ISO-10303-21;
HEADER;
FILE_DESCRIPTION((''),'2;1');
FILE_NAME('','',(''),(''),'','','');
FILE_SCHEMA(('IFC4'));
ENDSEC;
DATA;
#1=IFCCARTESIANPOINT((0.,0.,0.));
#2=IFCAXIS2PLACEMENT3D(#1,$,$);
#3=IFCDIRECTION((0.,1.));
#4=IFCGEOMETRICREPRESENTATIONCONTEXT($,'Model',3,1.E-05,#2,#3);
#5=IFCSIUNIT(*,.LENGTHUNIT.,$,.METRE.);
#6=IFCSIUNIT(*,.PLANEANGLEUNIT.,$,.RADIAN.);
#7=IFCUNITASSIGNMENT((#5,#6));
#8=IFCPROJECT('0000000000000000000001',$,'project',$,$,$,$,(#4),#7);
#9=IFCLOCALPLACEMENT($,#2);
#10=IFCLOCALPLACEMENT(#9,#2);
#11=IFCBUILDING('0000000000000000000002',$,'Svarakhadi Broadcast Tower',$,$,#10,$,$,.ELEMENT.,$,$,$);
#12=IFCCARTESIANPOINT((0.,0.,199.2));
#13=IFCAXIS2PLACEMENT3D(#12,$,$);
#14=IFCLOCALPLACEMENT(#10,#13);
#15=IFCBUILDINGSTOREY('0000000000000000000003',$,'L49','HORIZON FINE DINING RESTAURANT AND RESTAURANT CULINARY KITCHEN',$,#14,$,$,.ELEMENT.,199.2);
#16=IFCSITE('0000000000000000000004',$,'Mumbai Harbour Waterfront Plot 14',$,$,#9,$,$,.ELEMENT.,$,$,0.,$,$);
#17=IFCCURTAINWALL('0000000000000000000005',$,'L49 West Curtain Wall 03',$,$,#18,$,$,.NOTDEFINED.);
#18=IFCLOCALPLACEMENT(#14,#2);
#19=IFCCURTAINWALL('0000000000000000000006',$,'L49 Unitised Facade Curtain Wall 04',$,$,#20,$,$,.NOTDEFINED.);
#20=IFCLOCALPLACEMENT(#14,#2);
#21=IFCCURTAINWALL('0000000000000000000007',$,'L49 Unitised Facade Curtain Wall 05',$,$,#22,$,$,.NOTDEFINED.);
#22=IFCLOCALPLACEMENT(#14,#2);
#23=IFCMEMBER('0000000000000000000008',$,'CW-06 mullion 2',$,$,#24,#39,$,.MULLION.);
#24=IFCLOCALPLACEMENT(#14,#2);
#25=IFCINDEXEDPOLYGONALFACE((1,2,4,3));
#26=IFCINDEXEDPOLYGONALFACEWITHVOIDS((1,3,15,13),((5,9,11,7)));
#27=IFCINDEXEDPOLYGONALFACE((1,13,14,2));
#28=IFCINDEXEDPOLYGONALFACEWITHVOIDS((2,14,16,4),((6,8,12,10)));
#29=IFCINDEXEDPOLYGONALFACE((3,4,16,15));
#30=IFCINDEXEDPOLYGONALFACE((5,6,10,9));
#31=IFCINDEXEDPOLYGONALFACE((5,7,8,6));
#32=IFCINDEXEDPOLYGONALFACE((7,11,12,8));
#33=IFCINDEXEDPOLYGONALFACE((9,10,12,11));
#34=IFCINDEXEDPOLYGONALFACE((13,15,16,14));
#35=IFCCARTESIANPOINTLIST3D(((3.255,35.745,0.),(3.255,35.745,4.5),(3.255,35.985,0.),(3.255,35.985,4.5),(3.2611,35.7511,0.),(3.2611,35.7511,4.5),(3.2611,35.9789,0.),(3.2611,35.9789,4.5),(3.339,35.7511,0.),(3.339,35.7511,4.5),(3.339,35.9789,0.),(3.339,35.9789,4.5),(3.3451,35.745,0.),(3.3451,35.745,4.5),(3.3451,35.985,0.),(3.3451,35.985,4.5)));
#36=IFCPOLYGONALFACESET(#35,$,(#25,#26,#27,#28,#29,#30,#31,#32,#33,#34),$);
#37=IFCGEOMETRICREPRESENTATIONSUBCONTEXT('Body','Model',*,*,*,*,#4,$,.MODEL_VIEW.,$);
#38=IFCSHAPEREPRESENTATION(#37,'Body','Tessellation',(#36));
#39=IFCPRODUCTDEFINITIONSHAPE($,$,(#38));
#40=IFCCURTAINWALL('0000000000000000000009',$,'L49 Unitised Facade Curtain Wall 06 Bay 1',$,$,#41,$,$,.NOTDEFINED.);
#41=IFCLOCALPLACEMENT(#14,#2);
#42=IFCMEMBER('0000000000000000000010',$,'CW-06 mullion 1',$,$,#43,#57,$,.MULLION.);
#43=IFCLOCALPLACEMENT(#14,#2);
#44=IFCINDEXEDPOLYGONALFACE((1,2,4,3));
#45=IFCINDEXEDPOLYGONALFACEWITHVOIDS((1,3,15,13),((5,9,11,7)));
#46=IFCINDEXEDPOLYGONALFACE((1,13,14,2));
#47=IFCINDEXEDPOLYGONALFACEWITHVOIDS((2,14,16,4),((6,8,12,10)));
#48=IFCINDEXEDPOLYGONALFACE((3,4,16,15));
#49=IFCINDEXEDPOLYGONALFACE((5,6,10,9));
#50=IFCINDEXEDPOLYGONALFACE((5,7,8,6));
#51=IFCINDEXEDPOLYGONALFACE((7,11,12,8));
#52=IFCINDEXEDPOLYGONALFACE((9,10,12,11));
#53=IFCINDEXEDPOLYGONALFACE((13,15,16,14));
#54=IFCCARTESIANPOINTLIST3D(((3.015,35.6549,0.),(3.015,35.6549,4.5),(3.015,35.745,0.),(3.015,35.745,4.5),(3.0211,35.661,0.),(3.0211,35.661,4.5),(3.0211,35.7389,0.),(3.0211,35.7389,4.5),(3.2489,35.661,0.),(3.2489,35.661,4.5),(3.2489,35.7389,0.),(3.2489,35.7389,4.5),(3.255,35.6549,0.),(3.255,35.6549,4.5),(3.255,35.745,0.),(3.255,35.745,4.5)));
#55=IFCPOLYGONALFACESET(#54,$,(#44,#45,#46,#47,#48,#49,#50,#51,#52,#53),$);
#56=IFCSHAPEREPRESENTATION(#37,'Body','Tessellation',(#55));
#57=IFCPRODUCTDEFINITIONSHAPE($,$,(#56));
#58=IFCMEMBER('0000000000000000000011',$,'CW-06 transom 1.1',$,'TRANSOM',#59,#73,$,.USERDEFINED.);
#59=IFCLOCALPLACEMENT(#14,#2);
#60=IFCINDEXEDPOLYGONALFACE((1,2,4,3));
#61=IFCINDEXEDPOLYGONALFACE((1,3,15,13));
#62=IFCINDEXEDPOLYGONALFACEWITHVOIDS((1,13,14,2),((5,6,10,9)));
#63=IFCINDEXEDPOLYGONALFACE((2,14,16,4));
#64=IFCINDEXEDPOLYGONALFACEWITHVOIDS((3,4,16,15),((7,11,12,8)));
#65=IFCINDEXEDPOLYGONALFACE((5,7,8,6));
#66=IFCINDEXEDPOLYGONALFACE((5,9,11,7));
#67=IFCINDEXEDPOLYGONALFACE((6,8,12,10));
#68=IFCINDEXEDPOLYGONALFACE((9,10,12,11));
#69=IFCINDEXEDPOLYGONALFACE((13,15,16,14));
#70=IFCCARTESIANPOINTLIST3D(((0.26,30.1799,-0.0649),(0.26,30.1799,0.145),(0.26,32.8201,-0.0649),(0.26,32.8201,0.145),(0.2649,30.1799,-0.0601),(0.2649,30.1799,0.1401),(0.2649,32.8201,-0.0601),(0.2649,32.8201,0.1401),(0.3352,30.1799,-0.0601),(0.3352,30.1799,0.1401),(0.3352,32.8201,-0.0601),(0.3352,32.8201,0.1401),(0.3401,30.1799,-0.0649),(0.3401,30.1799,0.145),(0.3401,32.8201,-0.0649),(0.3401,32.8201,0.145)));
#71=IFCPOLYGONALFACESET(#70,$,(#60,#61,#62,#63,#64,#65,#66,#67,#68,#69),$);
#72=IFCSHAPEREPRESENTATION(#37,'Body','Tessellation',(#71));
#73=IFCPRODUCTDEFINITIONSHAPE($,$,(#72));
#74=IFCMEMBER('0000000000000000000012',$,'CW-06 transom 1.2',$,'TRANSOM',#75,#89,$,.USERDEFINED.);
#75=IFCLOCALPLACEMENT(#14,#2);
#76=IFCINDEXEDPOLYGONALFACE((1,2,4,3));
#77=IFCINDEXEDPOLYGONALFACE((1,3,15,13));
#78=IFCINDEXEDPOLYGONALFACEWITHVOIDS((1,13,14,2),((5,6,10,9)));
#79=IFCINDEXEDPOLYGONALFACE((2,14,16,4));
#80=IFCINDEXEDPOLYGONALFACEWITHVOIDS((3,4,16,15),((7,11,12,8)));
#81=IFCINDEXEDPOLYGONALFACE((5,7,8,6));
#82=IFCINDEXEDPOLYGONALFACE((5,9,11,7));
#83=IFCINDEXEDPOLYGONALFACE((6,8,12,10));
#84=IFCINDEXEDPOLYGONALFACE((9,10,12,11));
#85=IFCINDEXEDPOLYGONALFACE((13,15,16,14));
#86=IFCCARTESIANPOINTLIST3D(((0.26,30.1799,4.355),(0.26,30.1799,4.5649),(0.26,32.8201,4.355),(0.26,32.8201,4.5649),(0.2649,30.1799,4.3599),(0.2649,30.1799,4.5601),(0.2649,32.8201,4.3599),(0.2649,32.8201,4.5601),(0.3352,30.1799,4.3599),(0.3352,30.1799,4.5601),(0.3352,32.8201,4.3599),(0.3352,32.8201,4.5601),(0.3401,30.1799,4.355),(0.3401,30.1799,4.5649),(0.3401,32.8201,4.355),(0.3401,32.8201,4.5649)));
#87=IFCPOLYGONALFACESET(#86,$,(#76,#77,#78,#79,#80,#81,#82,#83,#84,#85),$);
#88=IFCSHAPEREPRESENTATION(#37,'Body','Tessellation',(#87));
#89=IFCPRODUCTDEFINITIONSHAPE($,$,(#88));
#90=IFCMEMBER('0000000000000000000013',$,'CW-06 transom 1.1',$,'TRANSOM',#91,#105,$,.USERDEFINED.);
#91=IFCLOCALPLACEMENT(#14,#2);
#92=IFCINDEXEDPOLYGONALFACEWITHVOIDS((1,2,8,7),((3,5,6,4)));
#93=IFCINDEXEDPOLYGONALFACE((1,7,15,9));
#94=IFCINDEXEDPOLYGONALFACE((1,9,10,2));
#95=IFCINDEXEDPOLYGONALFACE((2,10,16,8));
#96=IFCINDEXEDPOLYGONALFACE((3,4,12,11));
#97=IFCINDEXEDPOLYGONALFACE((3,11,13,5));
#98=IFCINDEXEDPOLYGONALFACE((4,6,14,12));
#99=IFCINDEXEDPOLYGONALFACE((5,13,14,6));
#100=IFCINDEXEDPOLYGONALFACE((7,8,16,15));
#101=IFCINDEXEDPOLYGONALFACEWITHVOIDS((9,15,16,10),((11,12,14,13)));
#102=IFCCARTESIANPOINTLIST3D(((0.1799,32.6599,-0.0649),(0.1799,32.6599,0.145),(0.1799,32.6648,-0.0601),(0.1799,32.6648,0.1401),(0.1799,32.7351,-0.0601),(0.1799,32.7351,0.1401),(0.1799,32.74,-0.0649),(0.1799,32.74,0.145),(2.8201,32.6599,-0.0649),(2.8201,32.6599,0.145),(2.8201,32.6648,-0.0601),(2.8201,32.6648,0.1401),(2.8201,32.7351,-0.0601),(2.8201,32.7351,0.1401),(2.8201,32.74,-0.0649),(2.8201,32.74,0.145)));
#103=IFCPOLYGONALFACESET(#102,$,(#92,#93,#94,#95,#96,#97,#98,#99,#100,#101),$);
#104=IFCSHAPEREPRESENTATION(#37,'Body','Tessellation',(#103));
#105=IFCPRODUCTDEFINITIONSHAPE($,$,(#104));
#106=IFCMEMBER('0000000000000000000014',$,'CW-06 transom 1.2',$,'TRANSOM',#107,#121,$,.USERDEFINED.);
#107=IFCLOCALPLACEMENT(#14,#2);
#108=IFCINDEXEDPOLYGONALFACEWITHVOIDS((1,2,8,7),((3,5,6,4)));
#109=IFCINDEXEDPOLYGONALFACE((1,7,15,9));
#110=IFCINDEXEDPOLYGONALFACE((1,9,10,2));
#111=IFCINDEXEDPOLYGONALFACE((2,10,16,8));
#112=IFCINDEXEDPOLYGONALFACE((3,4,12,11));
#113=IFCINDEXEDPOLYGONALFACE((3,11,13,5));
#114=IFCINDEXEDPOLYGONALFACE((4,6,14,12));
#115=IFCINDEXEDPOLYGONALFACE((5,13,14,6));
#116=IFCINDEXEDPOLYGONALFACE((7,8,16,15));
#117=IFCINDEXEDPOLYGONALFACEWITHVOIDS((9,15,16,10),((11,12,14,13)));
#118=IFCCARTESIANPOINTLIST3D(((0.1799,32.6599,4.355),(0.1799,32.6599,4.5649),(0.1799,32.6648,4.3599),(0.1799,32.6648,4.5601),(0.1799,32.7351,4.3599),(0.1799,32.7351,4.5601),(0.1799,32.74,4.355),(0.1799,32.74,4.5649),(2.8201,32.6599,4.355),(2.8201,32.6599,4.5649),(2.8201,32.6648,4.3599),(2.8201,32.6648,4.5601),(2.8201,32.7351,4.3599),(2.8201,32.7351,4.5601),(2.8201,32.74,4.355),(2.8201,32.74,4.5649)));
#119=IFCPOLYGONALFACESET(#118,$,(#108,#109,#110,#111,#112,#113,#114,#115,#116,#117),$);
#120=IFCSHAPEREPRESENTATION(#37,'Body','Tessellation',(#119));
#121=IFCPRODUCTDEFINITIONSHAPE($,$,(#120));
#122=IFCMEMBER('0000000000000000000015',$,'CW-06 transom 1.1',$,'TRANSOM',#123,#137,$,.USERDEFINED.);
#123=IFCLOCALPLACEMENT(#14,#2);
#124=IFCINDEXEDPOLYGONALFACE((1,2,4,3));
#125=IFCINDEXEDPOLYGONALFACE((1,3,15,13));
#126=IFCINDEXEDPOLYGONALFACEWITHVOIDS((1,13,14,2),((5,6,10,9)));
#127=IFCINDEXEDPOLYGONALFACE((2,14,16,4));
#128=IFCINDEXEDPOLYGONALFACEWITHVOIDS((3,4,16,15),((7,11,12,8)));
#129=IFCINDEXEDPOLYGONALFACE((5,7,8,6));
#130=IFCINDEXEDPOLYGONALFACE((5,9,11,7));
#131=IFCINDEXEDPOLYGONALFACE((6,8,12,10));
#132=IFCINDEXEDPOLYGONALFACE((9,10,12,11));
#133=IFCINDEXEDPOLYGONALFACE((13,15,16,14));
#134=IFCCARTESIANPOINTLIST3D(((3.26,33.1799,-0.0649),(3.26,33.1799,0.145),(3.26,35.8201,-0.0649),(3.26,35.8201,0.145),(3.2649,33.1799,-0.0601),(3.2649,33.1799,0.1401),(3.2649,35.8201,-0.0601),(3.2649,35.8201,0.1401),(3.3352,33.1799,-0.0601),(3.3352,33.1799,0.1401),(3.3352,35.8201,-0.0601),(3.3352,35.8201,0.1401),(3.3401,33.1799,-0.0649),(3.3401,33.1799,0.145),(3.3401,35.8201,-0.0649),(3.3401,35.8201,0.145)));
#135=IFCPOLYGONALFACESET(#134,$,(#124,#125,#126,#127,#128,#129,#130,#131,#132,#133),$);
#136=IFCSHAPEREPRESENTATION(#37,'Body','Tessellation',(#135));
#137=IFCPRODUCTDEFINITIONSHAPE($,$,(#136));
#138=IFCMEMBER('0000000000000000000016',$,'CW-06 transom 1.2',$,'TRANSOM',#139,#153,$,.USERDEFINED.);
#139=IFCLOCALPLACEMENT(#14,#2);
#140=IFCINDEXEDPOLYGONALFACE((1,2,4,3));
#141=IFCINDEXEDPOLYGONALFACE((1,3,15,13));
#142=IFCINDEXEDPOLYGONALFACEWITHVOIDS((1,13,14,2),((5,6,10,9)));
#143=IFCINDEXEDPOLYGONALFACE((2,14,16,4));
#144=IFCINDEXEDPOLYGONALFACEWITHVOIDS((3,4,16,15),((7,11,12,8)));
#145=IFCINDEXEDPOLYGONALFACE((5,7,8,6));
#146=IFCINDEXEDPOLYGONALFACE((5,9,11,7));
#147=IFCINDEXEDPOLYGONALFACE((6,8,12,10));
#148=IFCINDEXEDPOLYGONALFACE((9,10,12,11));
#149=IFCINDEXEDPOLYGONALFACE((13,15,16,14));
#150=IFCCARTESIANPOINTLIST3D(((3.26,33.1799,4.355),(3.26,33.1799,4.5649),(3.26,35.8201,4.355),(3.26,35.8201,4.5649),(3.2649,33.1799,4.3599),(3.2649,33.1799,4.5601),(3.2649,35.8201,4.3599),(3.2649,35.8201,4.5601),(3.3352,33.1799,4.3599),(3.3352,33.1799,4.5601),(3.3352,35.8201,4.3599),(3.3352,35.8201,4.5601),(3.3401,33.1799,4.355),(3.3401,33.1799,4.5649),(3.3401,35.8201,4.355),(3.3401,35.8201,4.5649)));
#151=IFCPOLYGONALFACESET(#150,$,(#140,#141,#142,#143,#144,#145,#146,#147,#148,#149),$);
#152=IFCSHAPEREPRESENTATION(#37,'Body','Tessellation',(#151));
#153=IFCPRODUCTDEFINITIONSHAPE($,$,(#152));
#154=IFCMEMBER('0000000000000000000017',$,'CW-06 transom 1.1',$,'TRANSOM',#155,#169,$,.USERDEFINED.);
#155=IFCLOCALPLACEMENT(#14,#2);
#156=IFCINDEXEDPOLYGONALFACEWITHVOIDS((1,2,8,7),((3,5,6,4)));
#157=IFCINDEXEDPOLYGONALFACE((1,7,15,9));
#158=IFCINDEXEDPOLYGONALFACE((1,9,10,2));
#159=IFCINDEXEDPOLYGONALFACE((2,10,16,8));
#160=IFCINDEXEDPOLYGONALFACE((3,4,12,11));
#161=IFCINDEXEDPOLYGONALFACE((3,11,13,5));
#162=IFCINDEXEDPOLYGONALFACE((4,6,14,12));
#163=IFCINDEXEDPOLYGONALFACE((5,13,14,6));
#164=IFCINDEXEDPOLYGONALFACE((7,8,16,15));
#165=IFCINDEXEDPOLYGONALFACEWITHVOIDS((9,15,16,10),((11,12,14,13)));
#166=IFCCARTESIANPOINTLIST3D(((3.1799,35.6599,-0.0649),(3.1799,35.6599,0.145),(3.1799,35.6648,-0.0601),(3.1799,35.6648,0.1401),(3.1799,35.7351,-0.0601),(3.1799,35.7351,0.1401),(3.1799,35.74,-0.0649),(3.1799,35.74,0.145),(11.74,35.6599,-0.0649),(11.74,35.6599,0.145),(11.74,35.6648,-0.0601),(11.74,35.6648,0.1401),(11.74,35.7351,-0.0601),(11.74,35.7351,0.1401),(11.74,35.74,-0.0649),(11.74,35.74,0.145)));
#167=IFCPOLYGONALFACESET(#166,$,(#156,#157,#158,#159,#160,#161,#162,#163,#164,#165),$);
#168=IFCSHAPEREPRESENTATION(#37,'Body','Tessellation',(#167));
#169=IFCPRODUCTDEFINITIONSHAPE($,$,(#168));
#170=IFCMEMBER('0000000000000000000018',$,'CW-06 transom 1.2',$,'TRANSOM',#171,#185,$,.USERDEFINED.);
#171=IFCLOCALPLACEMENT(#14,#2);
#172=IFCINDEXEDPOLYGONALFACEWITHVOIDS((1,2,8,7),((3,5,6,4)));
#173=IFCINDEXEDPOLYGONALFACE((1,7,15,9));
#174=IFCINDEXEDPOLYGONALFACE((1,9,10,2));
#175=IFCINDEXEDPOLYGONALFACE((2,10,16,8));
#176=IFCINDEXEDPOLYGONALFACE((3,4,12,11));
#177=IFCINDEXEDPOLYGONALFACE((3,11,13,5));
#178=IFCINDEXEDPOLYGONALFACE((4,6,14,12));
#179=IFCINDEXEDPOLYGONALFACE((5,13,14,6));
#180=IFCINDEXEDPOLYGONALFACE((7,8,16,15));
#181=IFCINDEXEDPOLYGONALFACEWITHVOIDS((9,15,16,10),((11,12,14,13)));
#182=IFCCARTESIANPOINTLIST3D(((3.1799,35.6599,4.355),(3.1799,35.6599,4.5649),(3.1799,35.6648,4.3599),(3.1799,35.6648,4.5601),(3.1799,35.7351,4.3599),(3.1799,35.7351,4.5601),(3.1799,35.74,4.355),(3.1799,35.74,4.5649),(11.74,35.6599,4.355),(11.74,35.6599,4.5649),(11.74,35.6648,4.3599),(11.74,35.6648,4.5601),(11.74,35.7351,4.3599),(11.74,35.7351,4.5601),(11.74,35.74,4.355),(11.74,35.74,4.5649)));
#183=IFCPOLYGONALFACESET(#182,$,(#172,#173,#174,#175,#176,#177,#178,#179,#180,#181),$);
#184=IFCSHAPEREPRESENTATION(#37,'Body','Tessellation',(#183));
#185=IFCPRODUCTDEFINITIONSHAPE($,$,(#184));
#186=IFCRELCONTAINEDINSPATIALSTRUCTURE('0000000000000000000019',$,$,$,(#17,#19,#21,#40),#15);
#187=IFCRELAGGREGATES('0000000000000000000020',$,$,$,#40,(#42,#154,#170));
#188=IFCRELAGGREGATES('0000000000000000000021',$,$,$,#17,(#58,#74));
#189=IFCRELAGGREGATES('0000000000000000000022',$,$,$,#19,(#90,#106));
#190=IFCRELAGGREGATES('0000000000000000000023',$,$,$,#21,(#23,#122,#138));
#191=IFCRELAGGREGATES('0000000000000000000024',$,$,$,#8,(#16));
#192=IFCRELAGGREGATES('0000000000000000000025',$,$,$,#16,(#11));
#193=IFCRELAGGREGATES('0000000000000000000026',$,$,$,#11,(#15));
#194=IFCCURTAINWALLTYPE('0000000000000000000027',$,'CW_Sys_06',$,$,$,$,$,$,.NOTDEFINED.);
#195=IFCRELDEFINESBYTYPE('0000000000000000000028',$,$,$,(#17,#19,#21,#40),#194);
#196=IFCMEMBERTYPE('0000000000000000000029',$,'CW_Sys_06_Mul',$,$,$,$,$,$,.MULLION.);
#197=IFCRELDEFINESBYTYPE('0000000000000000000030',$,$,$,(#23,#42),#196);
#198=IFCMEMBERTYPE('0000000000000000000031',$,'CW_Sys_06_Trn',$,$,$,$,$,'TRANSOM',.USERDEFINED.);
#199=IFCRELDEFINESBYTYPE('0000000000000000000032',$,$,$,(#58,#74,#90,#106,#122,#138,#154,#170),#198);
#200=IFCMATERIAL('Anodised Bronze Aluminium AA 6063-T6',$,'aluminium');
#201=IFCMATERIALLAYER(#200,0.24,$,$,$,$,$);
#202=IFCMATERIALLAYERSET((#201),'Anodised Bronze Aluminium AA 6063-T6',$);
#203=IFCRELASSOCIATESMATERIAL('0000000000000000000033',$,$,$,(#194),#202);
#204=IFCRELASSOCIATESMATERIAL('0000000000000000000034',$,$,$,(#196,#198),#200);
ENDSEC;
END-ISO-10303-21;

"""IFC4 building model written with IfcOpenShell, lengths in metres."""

from ifc_helpers import new_model, si_unit, direction, frame, origin, origin_2d, place, context, subcontext, project, spatial, hollow_rectangle, extrude, material, layer, layer_set, material_profile, profile_set, type_object, element, aggregate, save


model = new_model("IFC4")

# Units and contexts
model_context = context("Model", 3, precision=1e-05, world=origin(), true_north=direction((0.0, 1.0)))
body_context = subcontext(model_context, "Body", "Model", "MODEL_VIEW")
ifc_project = project(units=[si_unit("LENGTHUNIT", "METRE"), si_unit("PLANEANGLEUNIT", "RADIAN")], contexts=[model_context])

# Site, building, storey
site_placement = place(None, origin())
site = spatial("IfcSite", under=ifc_project, at=site_placement, Name="Mumbai Harbour Waterfront Plot 14", CompositionType="ELEMENT", RefElevation=0.0)
building_placement = place(site_placement, origin())
building = spatial("IfcBuilding", under=site, at=building_placement, Name="Svarakhadi Broadcast Tower", CompositionType="ELEMENT")
storey_placement = place(building_placement, frame((0.0, 0.0, 199.2)))
storey = spatial("IfcBuildingStorey", under=building, at=storey_placement, Name="L49", Description="HORIZON FINE DINING RESTAURANT AND RESTAURANT CULINARY KITCHEN", CompositionType="ELEMENT", Elevation=199.2)

# Curtain walls, member
ifc_material_1 = material(Name="Anodised Bronze Aluminium AA 6063-T6", Category="aluminium")
ifc_layer_1 = layer(ifc_material_1, 0.24)
ifc_layer_set_1 = layer_set([ifc_layer_1], Name="Anodised Bronze Aluminium AA 6063-T6")
curtain_wall_type = type_object("IfcCurtainWallType", Name="CW_Sys_06", PredefinedType="NOTDEFINED", material=ifc_layer_set_1)
curtain_wall_1_placement = place(storey_placement, origin())
curtain_wall_1 = element("IfcCurtainWall", 1, at=curtain_wall_1_placement, inside=storey, type_object=curtain_wall_type, Name="L49 West Curtain Wall 03", PredefinedType="NOTDEFINED")
ifc_material_profile_1 = material_profile(ifc_material_1, hollow_rectangle(XDim=0.0901, YDim=0.24, WallThickness=0.0061, at=origin_2d()), Name="ALU MULLION 240x90x6")
ifc_profile_set_1 = profile_set([ifc_material_profile_1], Name="Anodised Bronze Aluminium AA 6063-T6")
member_type_1 = type_object("IfcMemberType", Name="CW_Sys_06_Mul", PredefinedType="MULLION", material=ifc_profile_set_1)
curtain_wall_2_placement = place(storey_placement, origin())
curtain_wall_2 = element("IfcCurtainWall", 2, at=curtain_wall_2_placement, inside=storey, type_object=curtain_wall_type, Name="L49 Unitised Facade Curtain Wall 04", PredefinedType="NOTDEFINED")
curtain_wall_3_placement = place(storey_placement, origin())
curtain_wall_3 = element("IfcCurtainWall", 3, at=curtain_wall_3_placement, inside=storey, type_object=curtain_wall_type, Name="L49 Unitised Facade Curtain Wall 05", PredefinedType="NOTDEFINED")
member_1_placement = place(storey_placement, frame((3.3, 35.865, 0.0), z_axis=(0.0, 0.0, 1.0), x_axis=(-1.0, 0.0, 0.0)))
member_1 = element("IfcMember", 4, at=member_1_placement, type_object=member_type_1, Name="CW-06 mullion 2", PredefinedType="MULLION", context=body_context, shape_type="SweptSolid", body=[
    extrude(hollow_rectangle(XDim=0.0901, YDim=0.24, WallThickness=0.0061, at=origin_2d()), origin(), (0.0, 0.0, 1.0), 4.5),
])

# Curtain wall, member
curtain_wall_4_placement = place(storey_placement, origin())
curtain_wall_4 = element("IfcCurtainWall", 5, at=curtain_wall_4_placement, inside=storey, type_object=curtain_wall_type, Name="L49 Unitised Facade Curtain Wall 06 Bay 1", PredefinedType="NOTDEFINED")
member_2_placement = place(storey_placement, frame((3.135, 35.7, 0.0), z_axis=(0.0, 0.0, 1.0), x_axis=(0.0, 1.0, 0.0)))
member_2 = element("IfcMember", 6, at=member_2_placement, type_object=member_type_1, Name="CW-06 mullion 1", PredefinedType="MULLION", context=body_context, shape_type="SweptSolid", body=[
    extrude(hollow_rectangle(XDim=0.0901, YDim=0.24, WallThickness=0.0061, at=origin_2d()), origin(), (0.0, 0.0, 1.0), 4.5),
])

# Members
ifc_material_profile_2 = material_profile(ifc_material_1, hollow_rectangle(XDim=0.0801, YDim=0.21, WallThickness=0.0049, at=origin_2d()), Name="ALU TRANSOM 210x80x5")
ifc_profile_set_2 = profile_set([ifc_material_profile_2], Name="Anodised Bronze Aluminium AA 6063-T6")
member_type_2 = type_object("IfcMemberType", Name="CW_Sys_06_Trn", ElementType="TRANSOM", PredefinedType="USERDEFINED", material=ifc_profile_set_2)
member_3_placement = place(storey_placement, frame((0.3, 30.1799, 0.04), z_axis=(0.0, 1.0, 0.0), x_axis=(-1.0, 0.0, 0.0)))
member_3 = element("IfcMember", 7, at=member_3_placement, type_object=member_type_2, Name="CW-06 transom 1.1", ObjectType="TRANSOM", PredefinedType="USERDEFINED", context=body_context, shape_type="SweptSolid", body=[
    extrude(hollow_rectangle(XDim=0.0801, YDim=0.21, WallThickness=0.0049, at=origin_2d()), origin(), (0.0, 0.0, 1.0), 2.6401),
])
member_4_placement = place(storey_placement, frame((0.3, 30.1799, 4.46), z_axis=(0.0, 1.0, 0.0), x_axis=(-1.0, 0.0, 0.0)))
member_4 = element("IfcMember", 8, at=member_4_placement, type_object=member_type_2, Name="CW-06 transom 1.2", ObjectType="TRANSOM", PredefinedType="USERDEFINED", context=body_context, shape_type="SweptSolid", body=[
    extrude(hollow_rectangle(XDim=0.0801, YDim=0.21, WallThickness=0.0049, at=origin_2d()), origin(), (0.0, 0.0, 1.0), 2.6401),
])
member_5_placement = place(storey_placement, frame((0.1799, 32.7, 0.04), z_axis=(1.0, 0.0, 0.0), x_axis=(0.0, 1.0, 0.0)))
member_5 = element("IfcMember", 9, at=member_5_placement, type_object=member_type_2, Name="CW-06 transom 1.1", ObjectType="TRANSOM", PredefinedType="USERDEFINED", context=body_context, shape_type="SweptSolid", body=[
    extrude(hollow_rectangle(XDim=0.0801, YDim=0.21, WallThickness=0.0049, at=origin_2d()), origin(), (0.0, 0.0, 1.0), 2.6401),
])
member_6_placement = place(storey_placement, frame((0.1799, 32.7, 4.46), z_axis=(1.0, 0.0, 0.0), x_axis=(0.0, 1.0, 0.0)))
member_6 = element("IfcMember", 10, at=member_6_placement, type_object=member_type_2, Name="CW-06 transom 1.2", ObjectType="TRANSOM", PredefinedType="USERDEFINED", context=body_context, shape_type="SweptSolid", body=[
    extrude(hollow_rectangle(XDim=0.0801, YDim=0.21, WallThickness=0.0049, at=origin_2d()), origin(), (0.0, 0.0, 1.0), 2.6401),
])
member_7_placement = place(storey_placement, frame((3.3, 33.1799, 0.04), z_axis=(0.0, 1.0, 0.0), x_axis=(-1.0, 0.0, 0.0)))
member_7 = element("IfcMember", 11, at=member_7_placement, type_object=member_type_2, Name="CW-06 transom 1.1", ObjectType="TRANSOM", PredefinedType="USERDEFINED", context=body_context, shape_type="SweptSolid", body=[
    extrude(hollow_rectangle(XDim=0.0801, YDim=0.21, WallThickness=0.0049, at=origin_2d()), origin(), (0.0, 0.0, 1.0), 2.6401),
])
member_8_placement = place(storey_placement, frame((3.3, 33.1799, 4.46), z_axis=(0.0, 1.0, 0.0), x_axis=(-1.0, 0.0, 0.0)))
member_8 = element("IfcMember", 12, at=member_8_placement, type_object=member_type_2, Name="CW-06 transom 1.2", ObjectType="TRANSOM", PredefinedType="USERDEFINED", context=body_context, shape_type="SweptSolid", body=[
    extrude(hollow_rectangle(XDim=0.0801, YDim=0.21, WallThickness=0.0049, at=origin_2d()), origin(), (0.0, 0.0, 1.0), 2.6401),
])
member_9_placement = place(storey_placement, frame((3.1799, 35.7, 0.04), z_axis=(1.0, 0.0, 0.0), x_axis=(0.0, 1.0, 0.0)))
member_9 = element("IfcMember", 13, at=member_9_placement, type_object=member_type_2, Name="CW-06 transom 1.1", ObjectType="TRANSOM", PredefinedType="USERDEFINED", context=body_context, shape_type="SweptSolid", body=[
    extrude(hollow_rectangle(XDim=0.0801, YDim=0.21, WallThickness=0.0049, at=origin_2d()), origin(), (0.0, 0.0, 1.0), 8.5601),
])
member_10_placement = place(storey_placement, frame((3.1799, 35.7, 4.46), z_axis=(1.0, 0.0, 0.0), x_axis=(0.0, 1.0, 0.0)))
member_10 = element("IfcMember", 14, at=member_10_placement, type_object=member_type_2, Name="CW-06 transom 1.2", ObjectType="TRANSOM", PredefinedType="USERDEFINED", context=body_context, shape_type="SweptSolid", body=[
    extrude(hollow_rectangle(XDim=0.0801, YDim=0.21, WallThickness=0.0049, at=origin_2d()), origin(), (0.0, 0.0, 1.0), 8.5601),
])
aggregate(curtain_wall_4, [member_2, member_9, member_10])

aggregate(curtain_wall_1, [member_3, member_4])
aggregate(curtain_wall_2, [member_5, member_6])
aggregate(curtain_wall_3, [member_1, member_7, member_8])

save(model, "model.ifc")
